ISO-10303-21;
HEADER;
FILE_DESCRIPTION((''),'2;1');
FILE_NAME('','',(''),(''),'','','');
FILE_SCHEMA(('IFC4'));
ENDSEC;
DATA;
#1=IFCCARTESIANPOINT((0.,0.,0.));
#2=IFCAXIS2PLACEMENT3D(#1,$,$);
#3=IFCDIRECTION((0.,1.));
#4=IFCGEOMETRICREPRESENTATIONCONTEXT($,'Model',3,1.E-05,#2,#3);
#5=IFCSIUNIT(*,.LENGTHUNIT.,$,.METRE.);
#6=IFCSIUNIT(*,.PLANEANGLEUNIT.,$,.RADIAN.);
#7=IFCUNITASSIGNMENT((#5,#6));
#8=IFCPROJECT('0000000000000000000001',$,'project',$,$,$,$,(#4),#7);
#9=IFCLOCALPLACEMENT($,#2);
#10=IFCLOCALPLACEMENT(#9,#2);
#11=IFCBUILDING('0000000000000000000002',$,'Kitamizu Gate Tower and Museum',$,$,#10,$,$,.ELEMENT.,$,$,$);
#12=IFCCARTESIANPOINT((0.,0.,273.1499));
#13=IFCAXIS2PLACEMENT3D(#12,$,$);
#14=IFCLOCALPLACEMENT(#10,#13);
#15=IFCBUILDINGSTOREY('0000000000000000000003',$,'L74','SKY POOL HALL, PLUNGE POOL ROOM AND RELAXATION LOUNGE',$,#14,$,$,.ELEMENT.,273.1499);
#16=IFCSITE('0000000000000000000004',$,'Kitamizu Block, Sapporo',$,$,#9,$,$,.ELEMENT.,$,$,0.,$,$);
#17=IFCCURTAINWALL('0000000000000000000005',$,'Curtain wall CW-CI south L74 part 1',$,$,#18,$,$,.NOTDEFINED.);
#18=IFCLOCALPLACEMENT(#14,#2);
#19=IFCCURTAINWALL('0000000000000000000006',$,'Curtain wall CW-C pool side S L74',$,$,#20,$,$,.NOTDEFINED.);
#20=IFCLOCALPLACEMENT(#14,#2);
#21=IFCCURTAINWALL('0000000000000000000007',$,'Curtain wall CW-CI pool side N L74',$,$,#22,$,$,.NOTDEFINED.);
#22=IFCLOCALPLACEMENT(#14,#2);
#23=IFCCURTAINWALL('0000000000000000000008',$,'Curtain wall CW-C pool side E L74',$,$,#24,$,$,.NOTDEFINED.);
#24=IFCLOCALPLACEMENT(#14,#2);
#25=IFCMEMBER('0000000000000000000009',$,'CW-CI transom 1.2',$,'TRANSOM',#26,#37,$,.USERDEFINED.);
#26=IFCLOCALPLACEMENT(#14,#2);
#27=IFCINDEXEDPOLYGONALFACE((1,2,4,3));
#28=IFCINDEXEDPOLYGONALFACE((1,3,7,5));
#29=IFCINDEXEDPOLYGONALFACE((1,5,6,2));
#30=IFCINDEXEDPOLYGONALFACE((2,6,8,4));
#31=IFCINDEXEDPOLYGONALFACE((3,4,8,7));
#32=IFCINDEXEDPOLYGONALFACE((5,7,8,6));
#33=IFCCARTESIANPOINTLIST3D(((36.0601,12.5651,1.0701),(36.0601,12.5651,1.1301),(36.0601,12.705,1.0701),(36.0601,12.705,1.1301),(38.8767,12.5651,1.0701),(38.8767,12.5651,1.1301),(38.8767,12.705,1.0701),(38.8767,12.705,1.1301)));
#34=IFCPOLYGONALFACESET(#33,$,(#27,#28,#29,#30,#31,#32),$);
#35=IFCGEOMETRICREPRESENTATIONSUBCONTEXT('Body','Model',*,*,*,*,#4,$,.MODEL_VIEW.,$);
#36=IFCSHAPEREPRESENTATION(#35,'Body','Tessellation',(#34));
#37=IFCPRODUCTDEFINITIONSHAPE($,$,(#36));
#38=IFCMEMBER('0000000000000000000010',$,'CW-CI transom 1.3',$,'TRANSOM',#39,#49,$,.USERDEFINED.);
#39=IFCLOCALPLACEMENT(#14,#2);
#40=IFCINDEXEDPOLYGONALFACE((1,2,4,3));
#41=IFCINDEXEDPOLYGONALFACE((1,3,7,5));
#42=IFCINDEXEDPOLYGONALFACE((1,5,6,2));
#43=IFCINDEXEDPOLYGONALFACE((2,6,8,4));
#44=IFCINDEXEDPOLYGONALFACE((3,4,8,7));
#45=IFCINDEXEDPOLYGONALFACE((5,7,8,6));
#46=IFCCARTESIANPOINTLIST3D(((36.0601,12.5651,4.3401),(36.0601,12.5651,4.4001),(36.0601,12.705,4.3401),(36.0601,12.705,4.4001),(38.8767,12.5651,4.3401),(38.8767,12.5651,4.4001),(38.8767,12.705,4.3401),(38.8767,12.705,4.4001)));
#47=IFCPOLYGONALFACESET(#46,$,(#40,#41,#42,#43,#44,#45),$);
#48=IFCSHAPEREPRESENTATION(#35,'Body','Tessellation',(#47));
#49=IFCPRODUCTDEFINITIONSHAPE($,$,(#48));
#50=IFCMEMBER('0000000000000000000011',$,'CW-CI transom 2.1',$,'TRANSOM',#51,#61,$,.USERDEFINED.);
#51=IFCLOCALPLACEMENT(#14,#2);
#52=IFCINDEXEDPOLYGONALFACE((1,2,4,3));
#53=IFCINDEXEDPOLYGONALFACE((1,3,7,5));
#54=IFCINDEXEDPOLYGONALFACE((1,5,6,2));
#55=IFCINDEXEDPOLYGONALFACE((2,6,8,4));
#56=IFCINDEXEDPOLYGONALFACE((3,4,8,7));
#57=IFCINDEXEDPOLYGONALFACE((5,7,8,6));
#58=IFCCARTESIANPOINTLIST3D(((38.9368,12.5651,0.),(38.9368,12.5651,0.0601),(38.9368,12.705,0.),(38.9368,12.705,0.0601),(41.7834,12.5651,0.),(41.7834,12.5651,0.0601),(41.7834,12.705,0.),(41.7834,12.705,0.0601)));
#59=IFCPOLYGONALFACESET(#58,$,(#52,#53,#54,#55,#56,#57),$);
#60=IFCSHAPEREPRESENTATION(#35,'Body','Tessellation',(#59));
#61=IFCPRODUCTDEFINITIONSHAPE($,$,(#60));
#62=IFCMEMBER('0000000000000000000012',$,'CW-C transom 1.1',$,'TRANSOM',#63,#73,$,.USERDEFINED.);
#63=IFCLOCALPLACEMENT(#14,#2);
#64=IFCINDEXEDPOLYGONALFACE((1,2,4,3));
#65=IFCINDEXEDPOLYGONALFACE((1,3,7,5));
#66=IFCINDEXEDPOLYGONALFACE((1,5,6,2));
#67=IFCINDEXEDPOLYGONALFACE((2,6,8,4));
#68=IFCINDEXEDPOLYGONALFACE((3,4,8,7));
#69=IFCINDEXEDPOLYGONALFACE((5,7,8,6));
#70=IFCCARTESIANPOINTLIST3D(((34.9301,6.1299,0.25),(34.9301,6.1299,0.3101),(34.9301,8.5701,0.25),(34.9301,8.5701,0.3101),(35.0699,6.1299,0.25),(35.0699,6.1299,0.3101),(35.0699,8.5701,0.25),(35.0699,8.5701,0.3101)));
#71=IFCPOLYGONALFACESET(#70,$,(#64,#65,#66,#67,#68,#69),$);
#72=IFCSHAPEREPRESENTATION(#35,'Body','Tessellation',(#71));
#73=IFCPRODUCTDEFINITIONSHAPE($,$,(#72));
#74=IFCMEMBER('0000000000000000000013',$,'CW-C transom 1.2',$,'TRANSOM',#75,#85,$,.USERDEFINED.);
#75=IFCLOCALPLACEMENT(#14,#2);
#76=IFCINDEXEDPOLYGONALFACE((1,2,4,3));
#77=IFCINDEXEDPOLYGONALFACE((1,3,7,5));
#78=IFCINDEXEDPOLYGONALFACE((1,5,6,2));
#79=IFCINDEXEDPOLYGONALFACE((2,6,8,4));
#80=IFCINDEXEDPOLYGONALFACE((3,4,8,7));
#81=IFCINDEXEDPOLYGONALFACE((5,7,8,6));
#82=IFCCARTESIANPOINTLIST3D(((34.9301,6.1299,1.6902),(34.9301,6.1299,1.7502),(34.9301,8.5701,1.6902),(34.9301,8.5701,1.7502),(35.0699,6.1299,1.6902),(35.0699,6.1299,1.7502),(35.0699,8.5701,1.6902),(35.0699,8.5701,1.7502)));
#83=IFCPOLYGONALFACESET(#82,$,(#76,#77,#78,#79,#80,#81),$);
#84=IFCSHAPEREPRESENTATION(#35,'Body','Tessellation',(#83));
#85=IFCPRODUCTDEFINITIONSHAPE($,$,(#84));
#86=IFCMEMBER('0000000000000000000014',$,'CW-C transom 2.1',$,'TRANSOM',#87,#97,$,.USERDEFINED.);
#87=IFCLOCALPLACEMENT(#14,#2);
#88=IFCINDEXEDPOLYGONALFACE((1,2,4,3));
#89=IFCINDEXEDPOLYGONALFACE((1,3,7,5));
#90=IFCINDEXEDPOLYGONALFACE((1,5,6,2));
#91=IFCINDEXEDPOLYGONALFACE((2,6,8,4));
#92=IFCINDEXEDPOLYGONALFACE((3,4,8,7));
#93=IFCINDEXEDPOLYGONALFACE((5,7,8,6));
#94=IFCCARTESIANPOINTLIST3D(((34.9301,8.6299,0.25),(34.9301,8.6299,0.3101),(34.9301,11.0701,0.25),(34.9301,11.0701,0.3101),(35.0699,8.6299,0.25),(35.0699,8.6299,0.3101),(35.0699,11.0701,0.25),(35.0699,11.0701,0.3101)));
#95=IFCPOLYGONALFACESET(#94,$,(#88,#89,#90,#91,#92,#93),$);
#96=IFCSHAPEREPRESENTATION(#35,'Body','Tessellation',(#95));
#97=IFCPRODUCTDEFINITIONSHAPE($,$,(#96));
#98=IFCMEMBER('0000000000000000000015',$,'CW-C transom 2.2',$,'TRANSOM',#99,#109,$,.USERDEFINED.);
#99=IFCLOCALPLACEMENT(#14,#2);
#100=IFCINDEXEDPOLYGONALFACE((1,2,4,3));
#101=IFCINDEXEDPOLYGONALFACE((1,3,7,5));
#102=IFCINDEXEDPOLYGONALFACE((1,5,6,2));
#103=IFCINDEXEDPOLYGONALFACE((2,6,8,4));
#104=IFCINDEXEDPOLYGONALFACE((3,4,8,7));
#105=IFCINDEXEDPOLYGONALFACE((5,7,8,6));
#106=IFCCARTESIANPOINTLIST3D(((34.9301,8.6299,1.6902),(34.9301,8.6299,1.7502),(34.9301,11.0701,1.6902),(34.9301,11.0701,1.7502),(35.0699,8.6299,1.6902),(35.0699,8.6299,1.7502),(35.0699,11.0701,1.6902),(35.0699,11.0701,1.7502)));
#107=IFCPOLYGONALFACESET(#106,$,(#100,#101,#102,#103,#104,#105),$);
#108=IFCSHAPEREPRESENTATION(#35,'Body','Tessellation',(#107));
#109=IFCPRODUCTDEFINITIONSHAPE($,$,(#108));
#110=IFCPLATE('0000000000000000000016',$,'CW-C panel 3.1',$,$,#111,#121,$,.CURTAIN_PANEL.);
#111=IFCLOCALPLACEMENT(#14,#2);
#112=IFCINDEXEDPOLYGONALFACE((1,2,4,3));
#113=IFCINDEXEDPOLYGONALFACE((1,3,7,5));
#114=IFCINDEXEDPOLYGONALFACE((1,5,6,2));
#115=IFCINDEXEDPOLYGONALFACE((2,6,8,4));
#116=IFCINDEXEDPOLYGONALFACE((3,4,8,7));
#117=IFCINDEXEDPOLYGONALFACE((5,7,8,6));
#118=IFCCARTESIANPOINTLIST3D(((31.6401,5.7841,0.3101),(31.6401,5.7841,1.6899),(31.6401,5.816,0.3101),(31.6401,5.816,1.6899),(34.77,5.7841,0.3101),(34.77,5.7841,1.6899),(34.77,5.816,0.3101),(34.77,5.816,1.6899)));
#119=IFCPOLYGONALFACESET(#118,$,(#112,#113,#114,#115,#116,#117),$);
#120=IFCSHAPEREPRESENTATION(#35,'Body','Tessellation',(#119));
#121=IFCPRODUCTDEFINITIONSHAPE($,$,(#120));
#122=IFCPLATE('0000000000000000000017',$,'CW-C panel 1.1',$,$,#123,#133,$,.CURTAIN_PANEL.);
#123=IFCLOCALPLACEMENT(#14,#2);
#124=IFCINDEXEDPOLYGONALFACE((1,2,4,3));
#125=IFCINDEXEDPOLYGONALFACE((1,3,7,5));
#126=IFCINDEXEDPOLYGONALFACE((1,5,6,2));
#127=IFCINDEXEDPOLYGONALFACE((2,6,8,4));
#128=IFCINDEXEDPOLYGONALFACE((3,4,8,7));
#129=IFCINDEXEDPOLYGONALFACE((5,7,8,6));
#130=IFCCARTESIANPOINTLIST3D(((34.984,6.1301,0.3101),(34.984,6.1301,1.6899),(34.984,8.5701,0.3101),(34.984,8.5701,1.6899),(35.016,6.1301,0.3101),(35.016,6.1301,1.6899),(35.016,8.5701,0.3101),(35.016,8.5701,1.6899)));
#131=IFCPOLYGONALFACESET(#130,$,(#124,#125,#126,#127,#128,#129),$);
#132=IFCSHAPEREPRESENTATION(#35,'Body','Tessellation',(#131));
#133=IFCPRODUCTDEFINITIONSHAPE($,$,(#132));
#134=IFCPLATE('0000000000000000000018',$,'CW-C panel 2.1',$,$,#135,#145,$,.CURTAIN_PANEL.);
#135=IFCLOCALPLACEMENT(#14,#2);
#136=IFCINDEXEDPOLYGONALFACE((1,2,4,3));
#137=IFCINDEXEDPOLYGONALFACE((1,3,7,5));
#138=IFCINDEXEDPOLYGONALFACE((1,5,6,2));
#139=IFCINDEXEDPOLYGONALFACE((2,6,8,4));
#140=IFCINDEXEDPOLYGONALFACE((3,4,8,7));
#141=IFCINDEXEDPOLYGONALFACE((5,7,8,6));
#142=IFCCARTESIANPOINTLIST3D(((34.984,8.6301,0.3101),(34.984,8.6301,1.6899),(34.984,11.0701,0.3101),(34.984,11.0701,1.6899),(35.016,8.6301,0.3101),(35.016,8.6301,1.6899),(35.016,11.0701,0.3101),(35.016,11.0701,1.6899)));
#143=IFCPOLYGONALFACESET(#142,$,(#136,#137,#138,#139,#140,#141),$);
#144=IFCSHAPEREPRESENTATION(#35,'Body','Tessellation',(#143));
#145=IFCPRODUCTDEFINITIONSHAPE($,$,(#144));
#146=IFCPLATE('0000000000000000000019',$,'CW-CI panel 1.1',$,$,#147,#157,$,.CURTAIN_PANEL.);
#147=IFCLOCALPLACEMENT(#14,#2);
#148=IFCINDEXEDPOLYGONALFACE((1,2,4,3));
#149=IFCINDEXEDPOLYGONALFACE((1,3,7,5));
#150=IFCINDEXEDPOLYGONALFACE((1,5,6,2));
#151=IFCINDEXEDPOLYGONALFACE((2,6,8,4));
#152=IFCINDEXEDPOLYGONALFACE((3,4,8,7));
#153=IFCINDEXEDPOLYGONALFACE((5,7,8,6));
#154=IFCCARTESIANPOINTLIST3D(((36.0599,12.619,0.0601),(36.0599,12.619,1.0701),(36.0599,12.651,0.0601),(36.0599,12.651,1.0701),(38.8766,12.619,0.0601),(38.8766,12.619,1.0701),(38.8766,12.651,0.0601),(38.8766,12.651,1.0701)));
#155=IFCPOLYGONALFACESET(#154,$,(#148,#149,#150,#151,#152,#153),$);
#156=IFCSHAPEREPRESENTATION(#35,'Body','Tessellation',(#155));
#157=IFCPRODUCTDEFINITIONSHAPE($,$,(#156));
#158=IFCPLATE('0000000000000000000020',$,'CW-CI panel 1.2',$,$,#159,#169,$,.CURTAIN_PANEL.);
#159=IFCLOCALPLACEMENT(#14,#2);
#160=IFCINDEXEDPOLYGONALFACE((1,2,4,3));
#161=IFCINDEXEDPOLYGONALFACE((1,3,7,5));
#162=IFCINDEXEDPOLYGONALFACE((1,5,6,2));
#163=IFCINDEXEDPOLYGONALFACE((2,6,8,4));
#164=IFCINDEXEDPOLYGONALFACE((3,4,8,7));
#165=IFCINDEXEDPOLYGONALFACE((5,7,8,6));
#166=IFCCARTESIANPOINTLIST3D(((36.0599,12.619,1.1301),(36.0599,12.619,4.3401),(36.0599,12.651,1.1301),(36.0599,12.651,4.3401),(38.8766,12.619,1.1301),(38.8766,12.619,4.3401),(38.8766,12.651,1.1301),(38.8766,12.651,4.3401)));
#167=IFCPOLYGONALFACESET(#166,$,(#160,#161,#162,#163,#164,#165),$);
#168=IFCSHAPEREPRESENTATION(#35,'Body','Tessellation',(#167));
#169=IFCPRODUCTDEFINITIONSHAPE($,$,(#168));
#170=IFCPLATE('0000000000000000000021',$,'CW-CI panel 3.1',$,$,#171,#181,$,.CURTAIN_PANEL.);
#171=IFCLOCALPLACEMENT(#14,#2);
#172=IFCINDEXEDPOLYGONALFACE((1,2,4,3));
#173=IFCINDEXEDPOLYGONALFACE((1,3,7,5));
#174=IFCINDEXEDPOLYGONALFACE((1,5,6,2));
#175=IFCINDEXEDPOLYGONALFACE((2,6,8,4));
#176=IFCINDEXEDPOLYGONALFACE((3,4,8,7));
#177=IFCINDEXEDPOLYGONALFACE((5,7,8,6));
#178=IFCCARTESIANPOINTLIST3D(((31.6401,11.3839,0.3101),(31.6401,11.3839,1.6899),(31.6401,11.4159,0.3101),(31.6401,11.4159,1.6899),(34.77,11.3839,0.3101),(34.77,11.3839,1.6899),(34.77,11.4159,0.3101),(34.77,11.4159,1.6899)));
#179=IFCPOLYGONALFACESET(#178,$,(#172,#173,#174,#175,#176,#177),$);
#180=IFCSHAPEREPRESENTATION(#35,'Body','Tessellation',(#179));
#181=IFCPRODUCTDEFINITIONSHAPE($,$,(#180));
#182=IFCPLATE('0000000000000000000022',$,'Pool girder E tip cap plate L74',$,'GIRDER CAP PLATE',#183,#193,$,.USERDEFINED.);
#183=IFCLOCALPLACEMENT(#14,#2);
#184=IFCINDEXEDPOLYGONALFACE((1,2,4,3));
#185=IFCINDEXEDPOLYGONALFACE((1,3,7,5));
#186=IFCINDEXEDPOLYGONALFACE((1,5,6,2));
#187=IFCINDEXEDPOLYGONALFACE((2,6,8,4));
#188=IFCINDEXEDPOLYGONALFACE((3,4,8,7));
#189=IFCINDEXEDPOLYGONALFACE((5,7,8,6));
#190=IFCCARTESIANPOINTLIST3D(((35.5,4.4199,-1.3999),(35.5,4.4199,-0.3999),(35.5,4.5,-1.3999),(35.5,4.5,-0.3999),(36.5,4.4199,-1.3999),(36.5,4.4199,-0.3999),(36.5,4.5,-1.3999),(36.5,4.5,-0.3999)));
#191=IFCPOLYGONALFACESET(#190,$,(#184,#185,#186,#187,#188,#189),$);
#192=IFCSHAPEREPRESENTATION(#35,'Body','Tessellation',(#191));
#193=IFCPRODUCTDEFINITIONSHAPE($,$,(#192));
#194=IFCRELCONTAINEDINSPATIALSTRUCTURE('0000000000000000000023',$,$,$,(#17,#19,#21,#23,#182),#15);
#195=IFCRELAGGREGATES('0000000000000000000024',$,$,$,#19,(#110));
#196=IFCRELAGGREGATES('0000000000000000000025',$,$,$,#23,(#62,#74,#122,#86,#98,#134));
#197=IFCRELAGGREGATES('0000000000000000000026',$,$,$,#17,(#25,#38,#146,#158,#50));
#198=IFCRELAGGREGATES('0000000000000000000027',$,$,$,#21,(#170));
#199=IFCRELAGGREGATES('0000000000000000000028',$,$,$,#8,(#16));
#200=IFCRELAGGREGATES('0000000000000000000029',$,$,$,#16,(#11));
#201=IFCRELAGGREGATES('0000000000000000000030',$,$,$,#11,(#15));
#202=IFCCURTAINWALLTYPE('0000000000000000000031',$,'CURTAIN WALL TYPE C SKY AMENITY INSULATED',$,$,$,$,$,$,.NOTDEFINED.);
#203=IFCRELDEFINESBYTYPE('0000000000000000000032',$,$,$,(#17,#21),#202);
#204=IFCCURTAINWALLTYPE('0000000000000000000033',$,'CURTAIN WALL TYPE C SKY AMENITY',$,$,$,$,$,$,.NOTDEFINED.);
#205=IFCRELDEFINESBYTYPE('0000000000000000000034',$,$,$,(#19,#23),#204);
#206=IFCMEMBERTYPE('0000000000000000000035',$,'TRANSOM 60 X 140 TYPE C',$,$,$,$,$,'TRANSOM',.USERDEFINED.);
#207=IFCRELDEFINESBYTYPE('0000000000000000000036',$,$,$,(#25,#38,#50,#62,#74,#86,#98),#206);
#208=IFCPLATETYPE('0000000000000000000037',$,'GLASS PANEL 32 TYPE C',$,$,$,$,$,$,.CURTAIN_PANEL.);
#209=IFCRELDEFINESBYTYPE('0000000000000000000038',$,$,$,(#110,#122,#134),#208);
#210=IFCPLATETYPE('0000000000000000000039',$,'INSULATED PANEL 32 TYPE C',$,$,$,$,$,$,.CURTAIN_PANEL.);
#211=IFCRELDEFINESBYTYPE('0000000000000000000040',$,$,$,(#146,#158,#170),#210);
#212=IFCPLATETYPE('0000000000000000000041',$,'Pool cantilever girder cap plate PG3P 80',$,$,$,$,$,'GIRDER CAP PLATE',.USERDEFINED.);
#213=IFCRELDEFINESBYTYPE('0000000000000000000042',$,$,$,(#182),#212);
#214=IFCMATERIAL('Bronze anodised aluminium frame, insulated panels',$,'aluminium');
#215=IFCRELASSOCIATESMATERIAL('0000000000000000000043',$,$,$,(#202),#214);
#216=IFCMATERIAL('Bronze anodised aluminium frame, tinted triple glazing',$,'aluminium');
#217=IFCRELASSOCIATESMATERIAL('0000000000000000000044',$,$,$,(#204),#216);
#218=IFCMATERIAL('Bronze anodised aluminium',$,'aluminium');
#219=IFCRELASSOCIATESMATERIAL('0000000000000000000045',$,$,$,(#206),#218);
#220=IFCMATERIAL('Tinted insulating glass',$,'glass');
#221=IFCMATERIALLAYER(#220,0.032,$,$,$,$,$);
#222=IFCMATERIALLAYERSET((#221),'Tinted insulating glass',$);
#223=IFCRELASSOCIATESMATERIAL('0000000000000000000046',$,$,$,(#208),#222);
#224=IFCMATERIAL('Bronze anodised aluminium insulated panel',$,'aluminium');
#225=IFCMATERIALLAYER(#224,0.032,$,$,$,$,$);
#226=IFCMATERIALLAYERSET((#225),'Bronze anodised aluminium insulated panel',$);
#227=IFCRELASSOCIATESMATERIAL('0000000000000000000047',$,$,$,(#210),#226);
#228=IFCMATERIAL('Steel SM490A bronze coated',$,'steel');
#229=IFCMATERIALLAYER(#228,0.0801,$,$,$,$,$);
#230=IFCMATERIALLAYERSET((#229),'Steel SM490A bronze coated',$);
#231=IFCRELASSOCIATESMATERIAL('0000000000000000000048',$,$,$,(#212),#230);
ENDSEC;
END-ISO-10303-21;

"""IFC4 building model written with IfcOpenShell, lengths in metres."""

from ifc_helpers import new_model, si_unit, direction, frame, origin, origin_2d, place, context, subcontext, project, spatial, rectangle, extrude, material, layer, layer_set, material_profile, profile_set, type_object, element, aggregate, save


model = new_model("IFC4")

# Units and contexts
model_context = context("Model", 3, precision=1e-05, world=origin(), true_north=direction((0.0, 1.0)))
body_context = subcontext(model_context, "Body", "Model", "MODEL_VIEW")
ifc_project = project(units=[si_unit("LENGTHUNIT", "METRE"), si_unit("PLANEANGLEUNIT", "RADIAN")], contexts=[model_context])

# Site, building, storey
site_placement = place(None, origin())
site = spatial("IfcSite", under=ifc_project, at=site_placement, Name="Kitamizu Block, Sapporo", CompositionType="ELEMENT", RefElevation=0.0)
building_placement = place(site_placement, origin())
building = spatial("IfcBuilding", under=site, at=building_placement, Name="Kitamizu Gate Tower and Museum", CompositionType="ELEMENT")
storey_placement = place(building_placement, frame((0.0, 0.0, 273.1499)))
storey = spatial("IfcBuildingStorey", under=building, at=storey_placement, Name="L74", Description="SKY POOL HALL, PLUNGE POOL ROOM AND RELAXATION LOUNGE", CompositionType="ELEMENT", Elevation=273.1499)

# Curtain wall
ifc_material_1 = material(Name="Bronze anodised aluminium frame, insulated panels", Category="aluminium")
curtain_wall_type_1 = type_object("IfcCurtainWallType", Name="CURTAIN WALL TYPE C SKY AMENITY INSULATED", PredefinedType="NOTDEFINED", material=ifc_material_1)
curtain_wall_1_placement = place(storey_placement, origin())
curtain_wall_1 = element("IfcCurtainWall", 1, at=curtain_wall_1_placement, inside=storey, type_object=curtain_wall_type_1, Name="Curtain wall CW-CI south L74 part 1", PredefinedType="NOTDEFINED")

# Curtain walls
ifc_material_2 = material(Name="Bronze anodised aluminium frame, tinted triple glazing", Category="aluminium")
curtain_wall_type_2 = type_object("IfcCurtainWallType", Name="CURTAIN WALL TYPE C SKY AMENITY", PredefinedType="NOTDEFINED", material=ifc_material_2)
curtain_wall_2_placement = place(storey_placement, origin())
curtain_wall_2 = element("IfcCurtainWall", 2, at=curtain_wall_2_placement, inside=storey, type_object=curtain_wall_type_2, Name="Curtain wall CW-C pool side S L74", PredefinedType="NOTDEFINED")
curtain_wall_3_placement = place(storey_placement, origin())
curtain_wall_3 = element("IfcCurtainWall", 3, at=curtain_wall_3_placement, inside=storey, type_object=curtain_wall_type_1, Name="Curtain wall CW-CI pool side N L74", PredefinedType="NOTDEFINED")

# Curtain wall
curtain_wall_4_placement = place(storey_placement, origin())
curtain_wall_4 = element("IfcCurtainWall", 4, at=curtain_wall_4_placement, inside=storey, type_object=curtain_wall_type_2, Name="Curtain wall CW-C pool side E L74", PredefinedType="NOTDEFINED")

# Members
ifc_material_3 = material(Name="Bronze anodised aluminium", Category="aluminium")
ifc_material_profile_1 = material_profile(ifc_material_3, rectangle(XDim=0.1399, YDim=0.0601, at=origin_2d()), Name="AL 60X140")
ifc_profile_set_1 = profile_set([ifc_material_profile_1], Name="Bronze anodised aluminium")
member_type_1 = type_object("IfcMemberType", Name="TRANSOM 60 X 140 TYPE C", ElementType="TRANSOM", PredefinedType="USERDEFINED", material=ifc_profile_set_1)
member_1_placement = place(storey_placement, frame((36.0601, 12.635, 1.1001), z_axis=(1.0, 0.0, 0.0), x_axis=(0.0, 1.0, 0.0)))
member_1 = element("IfcMember", 5, at=member_1_placement, type_object=member_type_1, Name="CW-CI transom 1.2", ObjectType="TRANSOM", PredefinedType="USERDEFINED", context=body_context, shape_type="SweptSolid", body=[
    extrude(rectangle(XDim=0.1399, YDim=0.0601, at=origin_2d()), origin(), (0.0, 0.0, 1.0), 2.8167),
])
member_2_placement = place(storey_placement, frame((36.0601, 12.635, 4.3701), z_axis=(1.0, 0.0, 0.0), x_axis=(0.0, 1.0, 0.0)))
member_2 = element("IfcMember", 6, at=member_2_placement, type_object=member_type_1, Name="CW-CI transom 1.3", ObjectType="TRANSOM", PredefinedType="USERDEFINED", context=body_context, shape_type="SweptSolid", body=[
    extrude(rectangle(XDim=0.1399, YDim=0.0601, at=origin_2d()), origin(), (0.0, 0.0, 1.0), 2.8167),
])
member_3_placement = place(storey_placement, frame((38.9368, 12.635, 0.03), z_axis=(1.0, 0.0, 0.0), x_axis=(0.0, 1.0, 0.0)))
member_3 = element("IfcMember", 7, at=member_3_placement, type_object=member_type_1, Name="CW-CI transom 2.1", ObjectType="TRANSOM", PredefinedType="USERDEFINED", context=body_context, shape_type="SweptSolid", body=[
    extrude(rectangle(XDim=0.1399, YDim=0.0601, at=origin_2d()), origin(), (0.0, 0.0, 1.0), 2.8467),
])
member_4_placement = place(storey_placement, frame((35.0, 6.1299, 0.28), z_axis=(0.0, 1.0, 0.0), x_axis=(-1.0, 0.0, 0.0)))
member_4 = element("IfcMember", 8, at=member_4_placement, type_object=member_type_1, Name="CW-C transom 1.1", ObjectType="TRANSOM", PredefinedType="USERDEFINED", context=body_context, shape_type="SweptSolid", body=[
    extrude(rectangle(XDim=0.1399, YDim=0.0601, at=origin_2d()), origin(), (0.0, 0.0, 1.0), 2.4402),
])
member_5_placement = place(storey_placement, frame((35.0, 6.1299, 1.7202), z_axis=(0.0, 1.0, 0.0), x_axis=(-1.0, 0.0, 0.0)))
member_5 = element("IfcMember", 9, at=member_5_placement, type_object=member_type_1, Name="CW-C transom 1.2", ObjectType="TRANSOM", PredefinedType="USERDEFINED", context=body_context, shape_type="SweptSolid", body=[
    extrude(rectangle(XDim=0.1399, YDim=0.0601, at=origin_2d()), origin(), (0.0, 0.0, 1.0), 2.4402),
])
member_6_placement = place(storey_placement, frame((35.0, 8.6299, 0.28), z_axis=(0.0, 1.0, 0.0), x_axis=(-1.0, 0.0, 0.0)))
member_6 = element("IfcMember", 10, at=member_6_placement, type_object=member_type_1, Name="CW-C transom 2.1", ObjectType="TRANSOM", PredefinedType="USERDEFINED", context=body_context, shape_type="SweptSolid", body=[
    extrude(rectangle(XDim=0.1399, YDim=0.0601, at=origin_2d()), origin(), (0.0, 0.0, 1.0), 2.4402),
])
member_7_placement = place(storey_placement, frame((35.0, 8.6299, 1.7202), z_axis=(0.0, 1.0, 0.0), x_axis=(-1.0, 0.0, 0.0)))
member_7 = element("IfcMember", 11, at=member_7_placement, type_object=member_type_1, Name="CW-C transom 2.2", ObjectType="TRANSOM", PredefinedType="USERDEFINED", context=body_context, shape_type="SweptSolid", body=[
    extrude(rectangle(XDim=0.1399, YDim=0.0601, at=origin_2d()), origin(), (0.0, 0.0, 1.0), 2.4402),
])

# Plates
ifc_material_4 = material(Name="Tinted insulating glass", Category="glass")
ifc_layer_1 = layer(ifc_material_4, 0.032)
ifc_layer_set_1 = layer_set([ifc_layer_1], Name="Tinted insulating glass")
plate_type_1 = type_object("IfcPlateType", Name="GLASS PANEL 32 TYPE C", PredefinedType="CURTAIN_PANEL", material=ifc_layer_set_1)
plate_1_placement = place(storey_placement, frame((33.2051, 5.8, 0.3101), z_axis=(0.0, 0.0, 1.0), x_axis=(1.0, 0.0, 0.0)))
plate_1 = element("IfcPlate", 12, at=plate_1_placement, type_object=plate_type_1, Name="CW-C panel 3.1", PredefinedType="CURTAIN_PANEL", context=body_context, shape_type="SweptSolid", body=[
    extrude(rectangle(XDim=3.1299, YDim=0.032, at=origin_2d()), origin(), (0.0, 0.0, 1.0), 1.3799),
])
aggregate(curtain_wall_2, [plate_1])
plate_2_placement = place(storey_placement, frame((35.0, 7.3501, 0.3101), z_axis=(0.0, 0.0, 1.0), x_axis=(0.0, 1.0, 0.0)))
plate_2 = element("IfcPlate", 13, at=plate_2_placement, type_object=plate_type_1, Name="CW-C panel 1.1", PredefinedType="CURTAIN_PANEL", context=body_context, shape_type="SweptSolid", body=[
    extrude(rectangle(XDim=2.4399, YDim=0.032, at=origin_2d()), origin(), (0.0, 0.0, 1.0), 1.3799),
])
plate_3_placement = place(storey_placement, frame((35.0, 9.8501, 0.3101), z_axis=(0.0, 0.0, 1.0), x_axis=(0.0, 1.0, 0.0)))
plate_3 = element("IfcPlate", 14, at=plate_3_placement, type_object=plate_type_1, Name="CW-C panel 2.1", PredefinedType="CURTAIN_PANEL", context=body_context, shape_type="SweptSolid", body=[
    extrude(rectangle(XDim=2.4399, YDim=0.032, at=origin_2d()), origin(), (0.0, 0.0, 1.0), 1.3799),
])
aggregate(curtain_wall_4, [member_4, member_5, plate_2, member_6, member_7, plate_3])
ifc_material_5 = material(Name="Bronze anodised aluminium insulated panel", Category="aluminium")
ifc_layer_2 = layer(ifc_material_5, 0.032)
ifc_layer_set_2 = layer_set([ifc_layer_2], Name="Bronze anodised aluminium insulated panel")
plate_type_2 = type_object("IfcPlateType", Name="INSULATED PANEL 32 TYPE C", PredefinedType="CURTAIN_PANEL", material=ifc_layer_set_2)
plate_4_placement = place(storey_placement, frame((37.4683, 12.635, 0.0601), z_axis=(0.0, 0.0, 1.0), x_axis=(1.0, 0.0, 0.0)))
plate_4 = element("IfcPlate", 15, at=plate_4_placement, type_object=plate_type_2, Name="CW-CI panel 1.1", PredefinedType="CURTAIN_PANEL", context=body_context, shape_type="SweptSolid", body=[
    extrude(rectangle(XDim=2.8167, YDim=0.032, at=origin_2d()), origin(), (0.0, 0.0, 1.0), 1.01),
])
plate_5_placement = place(storey_placement, frame((37.4683, 12.635, 1.1301), z_axis=(0.0, 0.0, 1.0), x_axis=(1.0, 0.0, 0.0)))
plate_5 = element("IfcPlate", 16, at=plate_5_placement, type_object=plate_type_2, Name="CW-CI panel 1.2", PredefinedType="CURTAIN_PANEL", context=body_context, shape_type="SweptSolid", body=[
    extrude(rectangle(XDim=2.8167, YDim=0.032, at=origin_2d()), origin(), (0.0, 0.0, 1.0), 3.21),
])
aggregate(curtain_wall_1, [member_1, member_2, plate_4, plate_5, member_3])
plate_6_placement = place(storey_placement, frame((33.2051, 11.3999, 0.3101), z_axis=(0.0, 0.0, 1.0), x_axis=(1.0, 0.0, 0.0)))
plate_6 = element("IfcPlate", 17, at=plate_6_placement, type_object=plate_type_2, Name="CW-CI panel 3.1", PredefinedType="CURTAIN_PANEL", context=body_context, shape_type="SweptSolid", body=[
    extrude(rectangle(XDim=3.1299, YDim=0.032, at=origin_2d()), origin(), (0.0, 0.0, 1.0), 1.3799),
])
aggregate(curtain_wall_3, [plate_6])
ifc_material_6 = material(Name="Steel SM490A bronze coated", Category="steel")
ifc_layer_3 = layer(ifc_material_6, 0.0801)
ifc_layer_set_3 = layer_set([ifc_layer_3], Name="Steel SM490A bronze coated")
plate_type_3 = type_object("IfcPlateType", Name="Pool cantilever girder cap plate PG3P 80", ElementType="GIRDER CAP PLATE", PredefinedType="USERDEFINED", material=ifc_layer_set_3)
plate_7_placement = place(storey_placement, frame((36.0, 4.46, -1.3999), z_axis=(0.0, 0.0, 1.0), x_axis=(1.0, 0.0, 0.0)))
element("IfcPlate", 18, at=plate_7_placement, inside=storey, type_object=plate_type_3, Name="Pool girder E tip cap plate L74", ObjectType="GIRDER CAP PLATE", PredefinedType="USERDEFINED", context=body_context, shape_type="SweptSolid", body=[
    extrude(rectangle(XDim=1.0, YDim=0.0801, at=origin_2d()), origin(), (0.0, 0.0, 1.0), 1.0),
])

save(model, "model.ifc")
